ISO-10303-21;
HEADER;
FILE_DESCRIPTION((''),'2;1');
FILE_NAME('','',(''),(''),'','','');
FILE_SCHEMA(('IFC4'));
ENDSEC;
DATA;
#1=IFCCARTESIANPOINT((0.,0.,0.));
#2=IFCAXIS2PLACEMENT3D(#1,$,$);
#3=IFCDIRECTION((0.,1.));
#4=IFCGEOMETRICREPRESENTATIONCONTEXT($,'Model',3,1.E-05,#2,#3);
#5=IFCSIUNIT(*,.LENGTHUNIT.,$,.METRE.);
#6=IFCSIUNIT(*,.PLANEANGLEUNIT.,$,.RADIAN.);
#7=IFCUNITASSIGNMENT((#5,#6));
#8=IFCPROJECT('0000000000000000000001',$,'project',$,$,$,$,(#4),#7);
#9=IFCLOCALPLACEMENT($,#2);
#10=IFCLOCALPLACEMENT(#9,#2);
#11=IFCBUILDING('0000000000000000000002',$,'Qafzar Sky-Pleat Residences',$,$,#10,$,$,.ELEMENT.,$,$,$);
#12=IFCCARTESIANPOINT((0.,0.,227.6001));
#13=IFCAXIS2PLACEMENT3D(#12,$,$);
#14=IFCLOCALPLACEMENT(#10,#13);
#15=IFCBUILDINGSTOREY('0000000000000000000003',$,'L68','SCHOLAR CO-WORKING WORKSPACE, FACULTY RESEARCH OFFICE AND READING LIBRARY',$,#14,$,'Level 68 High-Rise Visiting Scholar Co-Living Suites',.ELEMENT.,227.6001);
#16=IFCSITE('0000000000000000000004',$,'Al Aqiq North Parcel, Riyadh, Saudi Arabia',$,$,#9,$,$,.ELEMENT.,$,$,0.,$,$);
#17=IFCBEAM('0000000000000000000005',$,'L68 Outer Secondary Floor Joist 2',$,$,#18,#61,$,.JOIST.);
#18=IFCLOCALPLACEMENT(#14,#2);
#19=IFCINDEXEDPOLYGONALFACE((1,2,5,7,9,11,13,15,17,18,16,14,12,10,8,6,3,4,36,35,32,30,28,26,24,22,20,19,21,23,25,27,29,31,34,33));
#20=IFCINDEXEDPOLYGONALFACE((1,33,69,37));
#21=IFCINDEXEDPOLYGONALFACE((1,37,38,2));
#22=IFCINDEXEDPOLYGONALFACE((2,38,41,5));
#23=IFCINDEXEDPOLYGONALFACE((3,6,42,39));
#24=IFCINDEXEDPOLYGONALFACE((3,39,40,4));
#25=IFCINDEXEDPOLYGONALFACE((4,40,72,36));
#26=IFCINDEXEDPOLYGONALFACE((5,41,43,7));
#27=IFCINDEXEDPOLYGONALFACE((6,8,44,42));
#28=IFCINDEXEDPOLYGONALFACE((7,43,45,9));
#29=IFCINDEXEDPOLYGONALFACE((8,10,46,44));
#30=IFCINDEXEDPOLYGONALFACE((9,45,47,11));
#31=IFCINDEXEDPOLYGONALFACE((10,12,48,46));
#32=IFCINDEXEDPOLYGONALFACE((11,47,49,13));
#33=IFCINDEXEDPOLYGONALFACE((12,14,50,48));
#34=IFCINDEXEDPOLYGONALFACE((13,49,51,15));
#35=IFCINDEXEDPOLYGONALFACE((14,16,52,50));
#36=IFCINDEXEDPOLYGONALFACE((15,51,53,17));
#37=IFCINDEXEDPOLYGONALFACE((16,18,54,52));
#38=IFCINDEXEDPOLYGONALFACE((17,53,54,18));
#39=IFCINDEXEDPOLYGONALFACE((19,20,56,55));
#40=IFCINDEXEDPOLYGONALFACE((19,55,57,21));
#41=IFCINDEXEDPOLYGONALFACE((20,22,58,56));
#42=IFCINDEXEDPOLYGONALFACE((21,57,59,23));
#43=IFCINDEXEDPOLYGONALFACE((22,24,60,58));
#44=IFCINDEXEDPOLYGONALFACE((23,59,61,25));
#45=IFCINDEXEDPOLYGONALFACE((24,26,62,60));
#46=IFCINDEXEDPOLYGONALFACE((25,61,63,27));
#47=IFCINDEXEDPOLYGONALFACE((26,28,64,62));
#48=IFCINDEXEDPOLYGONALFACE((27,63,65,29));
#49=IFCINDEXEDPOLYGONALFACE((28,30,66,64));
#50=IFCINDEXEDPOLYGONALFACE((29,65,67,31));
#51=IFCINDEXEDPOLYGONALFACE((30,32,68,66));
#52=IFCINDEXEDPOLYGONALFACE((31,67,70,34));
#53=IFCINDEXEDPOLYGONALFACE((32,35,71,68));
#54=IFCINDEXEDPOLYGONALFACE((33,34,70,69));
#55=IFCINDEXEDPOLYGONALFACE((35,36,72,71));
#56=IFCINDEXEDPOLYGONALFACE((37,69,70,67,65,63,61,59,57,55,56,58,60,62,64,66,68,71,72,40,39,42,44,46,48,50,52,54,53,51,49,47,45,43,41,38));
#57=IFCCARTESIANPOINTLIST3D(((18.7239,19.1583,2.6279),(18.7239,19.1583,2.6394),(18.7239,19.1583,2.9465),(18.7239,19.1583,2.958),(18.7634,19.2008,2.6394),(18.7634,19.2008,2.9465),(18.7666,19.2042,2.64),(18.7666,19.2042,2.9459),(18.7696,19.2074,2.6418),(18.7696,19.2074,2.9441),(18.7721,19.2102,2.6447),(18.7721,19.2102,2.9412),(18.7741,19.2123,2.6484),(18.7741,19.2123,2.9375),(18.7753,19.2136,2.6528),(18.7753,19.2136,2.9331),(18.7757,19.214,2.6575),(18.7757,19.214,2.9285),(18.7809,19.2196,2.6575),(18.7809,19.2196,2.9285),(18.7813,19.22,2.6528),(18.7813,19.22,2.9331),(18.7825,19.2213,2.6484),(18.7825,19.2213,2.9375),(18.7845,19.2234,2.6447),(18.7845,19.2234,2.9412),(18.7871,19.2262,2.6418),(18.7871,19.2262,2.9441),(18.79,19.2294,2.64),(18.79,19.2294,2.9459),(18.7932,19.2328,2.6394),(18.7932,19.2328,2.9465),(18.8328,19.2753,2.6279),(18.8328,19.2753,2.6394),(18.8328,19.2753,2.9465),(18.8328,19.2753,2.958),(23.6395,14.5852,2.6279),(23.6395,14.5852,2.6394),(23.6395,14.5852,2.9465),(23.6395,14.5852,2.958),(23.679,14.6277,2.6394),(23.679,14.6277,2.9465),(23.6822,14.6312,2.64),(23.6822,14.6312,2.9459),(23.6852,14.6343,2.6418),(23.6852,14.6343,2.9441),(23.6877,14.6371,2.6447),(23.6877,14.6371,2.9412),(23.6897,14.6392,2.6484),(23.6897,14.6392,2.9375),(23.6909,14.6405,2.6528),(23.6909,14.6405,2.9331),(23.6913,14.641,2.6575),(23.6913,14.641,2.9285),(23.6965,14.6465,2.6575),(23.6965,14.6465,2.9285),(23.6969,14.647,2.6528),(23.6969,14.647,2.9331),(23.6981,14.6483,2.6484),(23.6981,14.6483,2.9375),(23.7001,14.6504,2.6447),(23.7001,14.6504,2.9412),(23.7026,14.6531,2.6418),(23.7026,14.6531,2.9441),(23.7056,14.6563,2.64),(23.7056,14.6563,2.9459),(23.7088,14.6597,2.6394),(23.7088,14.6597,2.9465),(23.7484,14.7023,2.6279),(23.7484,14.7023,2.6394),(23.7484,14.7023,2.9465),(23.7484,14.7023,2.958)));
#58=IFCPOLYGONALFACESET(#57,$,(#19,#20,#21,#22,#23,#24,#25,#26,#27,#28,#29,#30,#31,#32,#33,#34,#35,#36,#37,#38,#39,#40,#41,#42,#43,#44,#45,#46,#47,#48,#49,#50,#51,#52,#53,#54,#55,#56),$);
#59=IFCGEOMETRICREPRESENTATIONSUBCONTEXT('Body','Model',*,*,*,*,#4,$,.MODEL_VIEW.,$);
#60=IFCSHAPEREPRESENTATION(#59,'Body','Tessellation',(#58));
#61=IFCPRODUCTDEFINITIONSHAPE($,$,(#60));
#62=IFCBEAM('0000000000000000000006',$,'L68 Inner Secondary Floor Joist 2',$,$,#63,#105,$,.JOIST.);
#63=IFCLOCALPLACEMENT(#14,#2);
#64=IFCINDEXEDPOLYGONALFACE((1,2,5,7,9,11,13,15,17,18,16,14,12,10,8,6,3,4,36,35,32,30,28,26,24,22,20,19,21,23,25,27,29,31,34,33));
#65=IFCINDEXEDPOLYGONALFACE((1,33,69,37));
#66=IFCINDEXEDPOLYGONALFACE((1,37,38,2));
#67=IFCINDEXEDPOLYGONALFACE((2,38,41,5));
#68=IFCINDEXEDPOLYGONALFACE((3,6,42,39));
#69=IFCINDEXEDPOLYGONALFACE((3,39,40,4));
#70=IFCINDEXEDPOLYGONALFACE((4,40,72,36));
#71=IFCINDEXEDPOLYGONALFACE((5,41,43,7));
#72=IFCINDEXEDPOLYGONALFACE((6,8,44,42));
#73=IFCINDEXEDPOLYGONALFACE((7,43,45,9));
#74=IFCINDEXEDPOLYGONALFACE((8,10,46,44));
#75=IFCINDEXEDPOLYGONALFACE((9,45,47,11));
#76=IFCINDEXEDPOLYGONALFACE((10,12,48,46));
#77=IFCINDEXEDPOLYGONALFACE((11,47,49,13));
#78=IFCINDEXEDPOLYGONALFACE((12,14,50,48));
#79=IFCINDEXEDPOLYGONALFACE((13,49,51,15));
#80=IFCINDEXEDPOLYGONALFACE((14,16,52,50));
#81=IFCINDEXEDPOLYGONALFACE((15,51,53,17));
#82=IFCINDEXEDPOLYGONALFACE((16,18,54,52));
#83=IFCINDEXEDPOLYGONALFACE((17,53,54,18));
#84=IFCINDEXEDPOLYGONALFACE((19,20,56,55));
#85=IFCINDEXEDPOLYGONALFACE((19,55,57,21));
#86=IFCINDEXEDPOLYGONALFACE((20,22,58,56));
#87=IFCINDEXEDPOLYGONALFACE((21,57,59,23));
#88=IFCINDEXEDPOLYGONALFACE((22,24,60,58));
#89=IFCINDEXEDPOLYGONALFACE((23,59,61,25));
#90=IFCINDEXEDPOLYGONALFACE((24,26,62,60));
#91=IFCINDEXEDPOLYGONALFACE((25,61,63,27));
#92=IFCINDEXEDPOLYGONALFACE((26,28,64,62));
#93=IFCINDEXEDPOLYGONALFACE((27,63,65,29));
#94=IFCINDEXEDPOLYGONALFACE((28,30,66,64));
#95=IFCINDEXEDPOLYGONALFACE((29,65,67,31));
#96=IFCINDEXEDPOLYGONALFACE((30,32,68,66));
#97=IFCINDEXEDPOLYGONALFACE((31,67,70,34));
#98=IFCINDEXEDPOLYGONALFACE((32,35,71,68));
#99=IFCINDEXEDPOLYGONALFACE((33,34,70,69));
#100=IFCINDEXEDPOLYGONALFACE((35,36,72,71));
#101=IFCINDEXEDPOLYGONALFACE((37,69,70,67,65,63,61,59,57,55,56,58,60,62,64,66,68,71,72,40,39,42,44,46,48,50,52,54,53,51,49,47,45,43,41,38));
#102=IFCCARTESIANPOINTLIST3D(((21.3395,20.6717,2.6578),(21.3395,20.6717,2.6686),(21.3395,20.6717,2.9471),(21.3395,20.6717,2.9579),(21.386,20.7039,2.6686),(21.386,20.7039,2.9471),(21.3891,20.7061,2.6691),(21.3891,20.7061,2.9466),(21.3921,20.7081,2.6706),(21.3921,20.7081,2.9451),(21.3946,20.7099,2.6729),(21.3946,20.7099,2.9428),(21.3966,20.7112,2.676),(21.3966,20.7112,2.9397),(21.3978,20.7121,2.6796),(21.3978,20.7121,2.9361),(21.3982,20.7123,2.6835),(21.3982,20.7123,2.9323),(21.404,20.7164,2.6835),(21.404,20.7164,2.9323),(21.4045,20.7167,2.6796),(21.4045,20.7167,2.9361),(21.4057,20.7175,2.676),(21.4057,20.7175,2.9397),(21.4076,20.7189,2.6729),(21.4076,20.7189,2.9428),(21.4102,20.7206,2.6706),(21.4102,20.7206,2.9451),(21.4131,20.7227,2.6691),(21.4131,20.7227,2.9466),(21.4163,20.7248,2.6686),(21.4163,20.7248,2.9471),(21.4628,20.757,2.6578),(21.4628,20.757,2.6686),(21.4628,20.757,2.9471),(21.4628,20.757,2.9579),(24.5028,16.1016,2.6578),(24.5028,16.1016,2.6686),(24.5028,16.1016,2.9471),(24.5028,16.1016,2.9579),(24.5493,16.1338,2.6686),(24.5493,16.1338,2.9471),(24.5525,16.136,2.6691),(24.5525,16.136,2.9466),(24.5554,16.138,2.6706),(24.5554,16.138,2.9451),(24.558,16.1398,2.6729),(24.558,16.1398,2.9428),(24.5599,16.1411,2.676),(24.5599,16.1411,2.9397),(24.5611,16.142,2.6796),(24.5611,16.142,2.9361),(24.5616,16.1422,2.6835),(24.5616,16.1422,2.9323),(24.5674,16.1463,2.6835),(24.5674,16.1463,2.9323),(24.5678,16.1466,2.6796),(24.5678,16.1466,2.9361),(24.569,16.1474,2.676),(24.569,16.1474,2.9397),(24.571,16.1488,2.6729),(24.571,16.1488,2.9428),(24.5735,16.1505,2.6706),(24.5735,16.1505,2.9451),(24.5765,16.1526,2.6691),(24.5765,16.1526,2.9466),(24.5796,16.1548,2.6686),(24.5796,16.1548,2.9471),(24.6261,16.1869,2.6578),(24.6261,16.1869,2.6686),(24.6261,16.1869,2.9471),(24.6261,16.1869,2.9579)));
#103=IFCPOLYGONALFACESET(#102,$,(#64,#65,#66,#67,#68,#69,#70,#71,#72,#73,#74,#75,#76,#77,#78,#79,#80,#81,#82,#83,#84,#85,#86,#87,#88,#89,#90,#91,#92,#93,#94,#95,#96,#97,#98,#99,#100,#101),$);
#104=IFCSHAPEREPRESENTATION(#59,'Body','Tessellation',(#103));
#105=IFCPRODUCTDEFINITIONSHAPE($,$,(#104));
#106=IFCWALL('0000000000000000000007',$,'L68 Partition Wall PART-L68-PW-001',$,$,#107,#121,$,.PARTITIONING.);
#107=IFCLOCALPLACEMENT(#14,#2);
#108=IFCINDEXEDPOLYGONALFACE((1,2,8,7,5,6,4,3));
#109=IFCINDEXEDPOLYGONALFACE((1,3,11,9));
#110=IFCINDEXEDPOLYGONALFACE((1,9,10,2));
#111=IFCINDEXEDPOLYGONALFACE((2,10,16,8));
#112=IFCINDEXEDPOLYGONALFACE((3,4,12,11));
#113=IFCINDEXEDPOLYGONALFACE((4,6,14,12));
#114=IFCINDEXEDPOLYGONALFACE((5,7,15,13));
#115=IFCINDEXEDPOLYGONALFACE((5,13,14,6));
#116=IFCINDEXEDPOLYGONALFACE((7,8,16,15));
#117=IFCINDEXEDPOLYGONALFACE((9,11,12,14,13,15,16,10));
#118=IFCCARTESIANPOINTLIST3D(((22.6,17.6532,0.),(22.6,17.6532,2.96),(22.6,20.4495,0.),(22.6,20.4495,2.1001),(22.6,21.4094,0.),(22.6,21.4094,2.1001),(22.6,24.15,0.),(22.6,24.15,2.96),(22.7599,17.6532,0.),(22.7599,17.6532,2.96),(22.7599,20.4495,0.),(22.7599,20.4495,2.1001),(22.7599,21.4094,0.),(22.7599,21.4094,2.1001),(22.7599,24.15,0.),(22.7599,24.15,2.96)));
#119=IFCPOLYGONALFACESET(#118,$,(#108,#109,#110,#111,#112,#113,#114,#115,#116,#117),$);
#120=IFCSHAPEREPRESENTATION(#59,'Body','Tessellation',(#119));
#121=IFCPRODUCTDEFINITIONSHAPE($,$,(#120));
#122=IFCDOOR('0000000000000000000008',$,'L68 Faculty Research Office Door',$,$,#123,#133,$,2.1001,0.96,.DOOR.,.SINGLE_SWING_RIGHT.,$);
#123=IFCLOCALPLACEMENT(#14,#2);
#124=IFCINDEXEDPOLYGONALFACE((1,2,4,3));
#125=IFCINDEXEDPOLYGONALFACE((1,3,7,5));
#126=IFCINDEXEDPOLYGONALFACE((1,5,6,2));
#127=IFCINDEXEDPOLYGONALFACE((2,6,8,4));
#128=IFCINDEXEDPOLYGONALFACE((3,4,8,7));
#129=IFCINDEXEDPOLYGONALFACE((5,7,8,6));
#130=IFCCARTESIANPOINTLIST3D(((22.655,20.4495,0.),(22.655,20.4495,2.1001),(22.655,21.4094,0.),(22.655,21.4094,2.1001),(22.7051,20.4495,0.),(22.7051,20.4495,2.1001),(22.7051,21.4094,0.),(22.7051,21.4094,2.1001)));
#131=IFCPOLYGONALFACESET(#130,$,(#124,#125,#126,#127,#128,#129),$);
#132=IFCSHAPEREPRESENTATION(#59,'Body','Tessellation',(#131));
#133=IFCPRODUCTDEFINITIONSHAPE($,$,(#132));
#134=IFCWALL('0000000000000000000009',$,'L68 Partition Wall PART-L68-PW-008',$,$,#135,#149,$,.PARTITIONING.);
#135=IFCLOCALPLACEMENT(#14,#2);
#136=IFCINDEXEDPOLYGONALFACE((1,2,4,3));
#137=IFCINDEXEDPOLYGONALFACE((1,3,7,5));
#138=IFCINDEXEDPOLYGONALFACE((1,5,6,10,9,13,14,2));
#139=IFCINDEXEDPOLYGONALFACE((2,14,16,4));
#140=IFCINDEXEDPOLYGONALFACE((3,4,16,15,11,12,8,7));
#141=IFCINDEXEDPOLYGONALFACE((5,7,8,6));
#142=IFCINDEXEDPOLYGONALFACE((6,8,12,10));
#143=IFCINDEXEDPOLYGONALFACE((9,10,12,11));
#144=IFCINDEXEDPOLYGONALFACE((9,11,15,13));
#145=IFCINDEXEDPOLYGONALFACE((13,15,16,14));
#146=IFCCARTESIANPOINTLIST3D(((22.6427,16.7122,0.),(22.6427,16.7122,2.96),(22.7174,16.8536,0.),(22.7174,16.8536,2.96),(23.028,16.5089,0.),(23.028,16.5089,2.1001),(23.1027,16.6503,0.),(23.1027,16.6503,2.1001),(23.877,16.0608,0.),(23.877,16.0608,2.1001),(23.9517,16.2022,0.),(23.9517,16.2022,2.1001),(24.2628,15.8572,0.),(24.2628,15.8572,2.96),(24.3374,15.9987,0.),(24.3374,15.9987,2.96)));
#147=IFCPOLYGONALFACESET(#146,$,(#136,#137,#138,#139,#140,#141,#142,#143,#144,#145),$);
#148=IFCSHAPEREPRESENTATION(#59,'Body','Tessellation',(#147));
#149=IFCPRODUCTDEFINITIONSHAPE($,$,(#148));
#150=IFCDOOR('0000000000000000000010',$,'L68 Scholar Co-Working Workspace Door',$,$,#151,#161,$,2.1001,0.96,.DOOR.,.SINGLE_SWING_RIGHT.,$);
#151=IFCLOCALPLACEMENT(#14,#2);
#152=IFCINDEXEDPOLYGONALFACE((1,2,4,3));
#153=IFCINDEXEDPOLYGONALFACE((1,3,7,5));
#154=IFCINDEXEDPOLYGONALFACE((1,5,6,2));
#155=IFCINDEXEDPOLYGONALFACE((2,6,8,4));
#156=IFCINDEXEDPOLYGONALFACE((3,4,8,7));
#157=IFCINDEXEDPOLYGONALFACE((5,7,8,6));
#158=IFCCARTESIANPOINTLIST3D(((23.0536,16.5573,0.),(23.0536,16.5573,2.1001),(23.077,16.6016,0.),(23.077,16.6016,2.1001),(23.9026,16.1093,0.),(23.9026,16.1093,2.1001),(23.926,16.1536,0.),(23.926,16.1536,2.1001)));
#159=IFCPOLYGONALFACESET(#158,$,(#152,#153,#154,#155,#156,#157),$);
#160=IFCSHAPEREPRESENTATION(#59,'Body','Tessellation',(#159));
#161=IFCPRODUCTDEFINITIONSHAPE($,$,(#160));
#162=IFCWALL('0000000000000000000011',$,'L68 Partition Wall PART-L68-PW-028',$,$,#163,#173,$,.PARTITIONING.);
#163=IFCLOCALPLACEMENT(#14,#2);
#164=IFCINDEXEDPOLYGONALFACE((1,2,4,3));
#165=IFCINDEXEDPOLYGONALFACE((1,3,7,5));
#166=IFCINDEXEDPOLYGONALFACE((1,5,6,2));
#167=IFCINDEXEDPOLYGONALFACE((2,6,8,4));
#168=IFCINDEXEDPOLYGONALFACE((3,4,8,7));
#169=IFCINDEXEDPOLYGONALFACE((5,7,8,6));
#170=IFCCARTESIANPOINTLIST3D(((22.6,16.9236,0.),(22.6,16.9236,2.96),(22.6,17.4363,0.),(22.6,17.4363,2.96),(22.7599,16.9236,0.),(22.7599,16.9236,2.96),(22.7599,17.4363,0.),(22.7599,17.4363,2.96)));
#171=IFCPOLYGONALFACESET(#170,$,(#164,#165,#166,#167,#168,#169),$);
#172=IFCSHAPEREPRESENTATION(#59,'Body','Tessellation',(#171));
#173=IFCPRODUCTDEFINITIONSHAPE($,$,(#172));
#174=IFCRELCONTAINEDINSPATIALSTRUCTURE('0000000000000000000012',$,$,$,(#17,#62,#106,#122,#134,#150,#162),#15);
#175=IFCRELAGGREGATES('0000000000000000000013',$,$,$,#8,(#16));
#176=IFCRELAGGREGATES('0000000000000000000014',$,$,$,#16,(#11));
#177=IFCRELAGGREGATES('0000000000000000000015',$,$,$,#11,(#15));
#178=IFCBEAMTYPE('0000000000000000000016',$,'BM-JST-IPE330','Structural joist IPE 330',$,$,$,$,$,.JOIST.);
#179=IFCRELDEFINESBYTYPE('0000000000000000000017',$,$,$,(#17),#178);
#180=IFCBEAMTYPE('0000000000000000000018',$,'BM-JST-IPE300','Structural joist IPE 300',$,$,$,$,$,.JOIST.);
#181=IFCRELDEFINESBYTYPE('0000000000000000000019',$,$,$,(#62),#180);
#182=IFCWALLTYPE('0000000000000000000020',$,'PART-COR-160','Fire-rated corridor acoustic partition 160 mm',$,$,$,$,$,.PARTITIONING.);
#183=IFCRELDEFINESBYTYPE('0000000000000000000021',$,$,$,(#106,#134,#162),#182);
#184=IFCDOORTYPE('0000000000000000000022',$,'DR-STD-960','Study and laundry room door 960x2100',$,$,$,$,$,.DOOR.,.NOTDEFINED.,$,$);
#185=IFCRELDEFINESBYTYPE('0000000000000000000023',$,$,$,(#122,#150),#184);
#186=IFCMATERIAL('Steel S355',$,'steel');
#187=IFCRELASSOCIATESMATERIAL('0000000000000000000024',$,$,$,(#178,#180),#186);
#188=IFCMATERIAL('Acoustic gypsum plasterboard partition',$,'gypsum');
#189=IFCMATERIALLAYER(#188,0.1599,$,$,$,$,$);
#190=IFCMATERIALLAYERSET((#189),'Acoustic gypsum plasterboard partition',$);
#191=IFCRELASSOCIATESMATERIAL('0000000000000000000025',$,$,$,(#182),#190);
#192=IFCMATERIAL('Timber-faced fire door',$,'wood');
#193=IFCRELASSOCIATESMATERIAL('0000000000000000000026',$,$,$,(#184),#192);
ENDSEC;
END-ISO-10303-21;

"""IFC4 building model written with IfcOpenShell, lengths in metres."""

from ifc_helpers import new_model, si_unit, direction, frame, frame_2d, origin, origin_2d, place, context, subcontext, project, spatial, rectangle, i_section, extrude, source, transform, mapped, material, layer, layer_set, material_profile, profile_set, type_object, element, fill, save


model = new_model("IFC4")

# Units and contexts
model_context = context("Model", 3, precision=1e-05, world=origin(), true_north=direction((0.0, 1.0)))
body_context = subcontext(model_context, "Body", "Model", "MODEL_VIEW")
ifc_project = project(units=[si_unit("LENGTHUNIT", "METRE"), si_unit("PLANEANGLEUNIT", "RADIAN")], contexts=[model_context])

# Site, building, storey
site_placement = place(None, origin())
site = spatial("IfcSite", under=ifc_project, at=site_placement, Name="Al Aqiq North Parcel, Riyadh, Saudi Arabia", CompositionType="ELEMENT", RefElevation=0.0)
building_placement = place(site_placement, origin())
building = spatial("IfcBuilding", under=site, at=building_placement, Name="Qafzar Sky-Pleat Residences", CompositionType="ELEMENT")
storey_placement = place(building_placement, frame((0.0, 0.0, 227.6001)))
storey = spatial("IfcBuildingStorey", under=building, at=storey_placement, Name="L68", Description="SCHOLAR CO-WORKING WORKSPACE, FACULTY RESEARCH OFFICE AND READING LIBRARY", LongName="Level 68 High-Rise Visiting Scholar Co-Living Suites", CompositionType="ELEMENT", Elevation=227.6001)

# Beams
ifc_material_1 = material(Name="Steel S355", Category="steel")
ifc_material_profile_1 = material_profile(ifc_material_1, i_section(OverallWidth=0.1599, OverallDepth=0.3301, WebThickness=0.0076, FlangeThickness=0.0115, FilletRadius=0.0181, at=origin_2d()), Name="IPE 330")
ifc_profile_set_1 = profile_set([ifc_material_profile_1], Name="Steel S355")
beam_type_1 = type_object("IfcBeamType", Name="BM-JST-IPE330", Description="Structural joist IPE 330", PredefinedType="JOIST", material=ifc_profile_set_1)
shared_shape_1 = source(origin(), body_context, "Body", "SweptSolid", [
    extrude(i_section(OverallWidth=0.1599, OverallDepth=0.3301, WebThickness=0.0076, FlangeThickness=0.0115, FilletRadius=0.0181, at=origin_2d()), origin(), (0.0, 0.0, 1.0), 6.7139),
])
beam_1_placement = place(storey_placement, frame((18.7783, 19.2168, 2.793), z_axis=(0.732156, -0.681137, 0.0), x_axis=(0.681137, 0.732156, 0.0)))
element("IfcBeam", 1, at=beam_1_placement, inside=storey, type_object=beam_type_1, Name="L68 Outer Secondary Floor Joist 2", PredefinedType="JOIST", context=body_context, shape_type="MappedRepresentation", body=[
    mapped(shared_shape_1, transform((0.0, 0.0, 0.0), x_axis=(1.0, 0.0, 0.0), y_axis=(0.0, 1.0, 0.0), z_axis=(0.0, 0.0, 1.0), scale=1.0)),
])
ifc_material_profile_2 = material_profile(ifc_material_1, i_section(OverallWidth=0.1499, OverallDepth=0.3, WebThickness=0.0071, FlangeThickness=0.0107, FilletRadius=0.0149, at=origin_2d()), Name="IPE 300")
ifc_profile_set_2 = profile_set([ifc_material_profile_2], Name="Steel S355")
beam_type_2 = type_object("IfcBeamType", Name="BM-JST-IPE300", Description="Structural joist IPE 300", PredefinedType="JOIST", material=ifc_profile_set_2)
shared_shape_2 = source(origin(), body_context, "Body", "SweptSolid", [
    extrude(i_section(OverallWidth=0.1499, OverallDepth=0.3, WebThickness=0.0071, FlangeThickness=0.0107, FilletRadius=0.0149, at=origin_2d()), origin(), (0.0, 0.0, 1.0), 5.5581),
])
beam_2_placement = place(storey_placement, frame((21.4011, 20.7144, 2.8079), z_axis=(0.569141, -0.82224, 0.0), x_axis=(0.82224, 0.569141, 0.0)))
element("IfcBeam", 2, at=beam_2_placement, inside=storey, type_object=beam_type_2, Name="L68 Inner Secondary Floor Joist 2", PredefinedType="JOIST", context=body_context, shape_type="MappedRepresentation", body=[
    mapped(shared_shape_2, transform((0.0, 0.0, 0.0), x_axis=(1.0, 0.0, 0.0), y_axis=(0.0, 1.0, 0.0), z_axis=(0.0, 0.0, 1.0), scale=1.0)),
])

# Walls, openings, doors
ifc_material_2 = material(Name="Acoustic gypsum plasterboard partition", Category="gypsum")
ifc_layer_1 = layer(ifc_material_2, 0.1599)
ifc_layer_set_1 = layer_set([ifc_layer_1], Name="Acoustic gypsum plasterboard partition")
wall_type_1 = type_object("IfcWallType", Name="PART-COR-160", Description="Fire-rated corridor acoustic partition 160 mm", PredefinedType="PARTITIONING", material=ifc_layer_set_1)
wall_1_placement = place(storey_placement, frame((22.6799, 17.6531, 0.0), z_axis=(0.0, 0.0, 1.0), x_axis=(0.0, 1.0, 0.0)))
wall_1 = element("IfcWall", 3, at=wall_1_placement, inside=storey, type_object=wall_type_1, Name="L68 Partition Wall PART-L68-PW-001", PredefinedType="PARTITIONING", context=body_context, shape_type="SweptSolid", body=[
    extrude(rectangle(XDim=6.4968, YDim=0.1599, at=frame_2d((3.2485, 0.0))), origin(), (0.0, 0.0, 1.0), 2.96),
])
opening_1_placement = place(wall_1_placement, frame((2.7964, 0.0, 0.0)))
opening_1 = element("IfcOpeningElement", 4, at=opening_1_placement, cuts=wall_1, PredefinedType="OPENING", context=body_context, shape_type="SweptSolid", body=[
    extrude(rectangle(XDim=0.96, YDim=2.1001, at=frame_2d((0.48, 1.05))), frame((0.0, 0.0898, 0.0), z_axis=(0.0, -1.0, 0.0), x_axis=(1.0, 0.0, 0.0)), (0.0, 0.0, 1.0), 0.1799),
])
ifc_material_3 = material(Name="Timber-faced fire door", Category="wood")
door_type_1 = type_object("IfcDoorType", Name="DR-STD-960", Description="Study and laundry room door 960x2100", OperationType="NOTDEFINED", PredefinedType="DOOR", material=ifc_material_3)
shared_shape_3 = source(origin(), body_context, "Body", "SweptSolid", [
    extrude(rectangle(XDim=0.96, YDim=2.1001, at=frame_2d((0.48, 1.05))), frame((0.0, 0.0249, 0.0), z_axis=(0.0, -1.0, 0.0), x_axis=(1.0, 0.0, 0.0)), (0.0, 0.0, 1.0), 0.05),
])
door_1_placement = place(opening_1_placement, origin())
door_1 = element("IfcDoor", 5, at=door_1_placement, inside=storey, type_object=door_type_1, Name="L68 Faculty Research Office Door", OperationType="SINGLE_SWING_RIGHT", OverallHeight=2.1001, OverallWidth=0.96, PredefinedType="DOOR", context=body_context, shape_type="MappedRepresentation", body=[
    mapped(shared_shape_3, transform((0.0, 0.0, 0.0), x_axis=(1.0, 0.0, 0.0), y_axis=(0.0, 1.0, 0.0), z_axis=(0.0, 0.0, 1.0), scale=1.0)),
])
fill(opening_1, door_1)
wall_2_placement = place(storey_placement, frame((22.6799, 16.783, 0.0), z_axis=(0.0, 0.0, 1.0), x_axis=(0.884403, -0.466724, 0.0)))
wall_2 = element("IfcWall", 6, at=wall_2_placement, inside=storey, type_object=wall_type_1, Name="L68 Partition Wall PART-L68-PW-008", PredefinedType="PARTITIONING", context=body_context, shape_type="SweptSolid", body=[
    extrude(rectangle(XDim=1.8318, YDim=0.1599, at=frame_2d((0.916, 0.0))), origin(), (0.0, 0.0, 1.0), 2.96),
])
opening_2_placement = place(wall_2_placement, frame((0.4358, 0.0, 0.0)))
opening_2 = element("IfcOpeningElement", 7, at=opening_2_placement, cuts=wall_2, PredefinedType="OPENING", context=body_context, shape_type="SweptSolid", body=[
    extrude(rectangle(XDim=0.96, YDim=2.1001, at=frame_2d((0.48, 1.05))), frame((0.0, 0.0898, 0.0), z_axis=(0.0, -1.0, 0.0), x_axis=(1.0, 0.0, 0.0)), (0.0, 0.0, 1.0), 0.1799),
])
door_2_placement = place(opening_2_placement, origin())
door_2 = element("IfcDoor", 8, at=door_2_placement, inside=storey, type_object=door_type_1, Name="L68 Scholar Co-Working Workspace Door", OperationType="SINGLE_SWING_RIGHT", OverallHeight=2.1001, OverallWidth=0.96, PredefinedType="DOOR", context=body_context, shape_type="MappedRepresentation", body=[
    mapped(shared_shape_3, transform((0.0, 0.0, 0.0), x_axis=(1.0, 0.0, 0.0), y_axis=(0.0, 1.0, 0.0), z_axis=(0.0, 0.0, 1.0), scale=1.0)),
])
fill(opening_2, door_2)

# Wall
wall_3_placement = place(storey_placement, frame((22.6799, 16.9236, 0.0), z_axis=(0.0, 0.0, 1.0), x_axis=(0.0, 1.0, 0.0)))
element("IfcWall", 9, at=wall_3_placement, inside=storey, type_object=wall_type_1, Name="L68 Partition Wall PART-L68-PW-028", PredefinedType="PARTITIONING", context=body_context, shape_type="SweptSolid", body=[
    extrude(rectangle(XDim=0.5127, YDim=0.1599, at=frame_2d((0.2563, 0.0))), origin(), (0.0, 0.0, 1.0), 2.96),
])

save(model, "model.ifc")
